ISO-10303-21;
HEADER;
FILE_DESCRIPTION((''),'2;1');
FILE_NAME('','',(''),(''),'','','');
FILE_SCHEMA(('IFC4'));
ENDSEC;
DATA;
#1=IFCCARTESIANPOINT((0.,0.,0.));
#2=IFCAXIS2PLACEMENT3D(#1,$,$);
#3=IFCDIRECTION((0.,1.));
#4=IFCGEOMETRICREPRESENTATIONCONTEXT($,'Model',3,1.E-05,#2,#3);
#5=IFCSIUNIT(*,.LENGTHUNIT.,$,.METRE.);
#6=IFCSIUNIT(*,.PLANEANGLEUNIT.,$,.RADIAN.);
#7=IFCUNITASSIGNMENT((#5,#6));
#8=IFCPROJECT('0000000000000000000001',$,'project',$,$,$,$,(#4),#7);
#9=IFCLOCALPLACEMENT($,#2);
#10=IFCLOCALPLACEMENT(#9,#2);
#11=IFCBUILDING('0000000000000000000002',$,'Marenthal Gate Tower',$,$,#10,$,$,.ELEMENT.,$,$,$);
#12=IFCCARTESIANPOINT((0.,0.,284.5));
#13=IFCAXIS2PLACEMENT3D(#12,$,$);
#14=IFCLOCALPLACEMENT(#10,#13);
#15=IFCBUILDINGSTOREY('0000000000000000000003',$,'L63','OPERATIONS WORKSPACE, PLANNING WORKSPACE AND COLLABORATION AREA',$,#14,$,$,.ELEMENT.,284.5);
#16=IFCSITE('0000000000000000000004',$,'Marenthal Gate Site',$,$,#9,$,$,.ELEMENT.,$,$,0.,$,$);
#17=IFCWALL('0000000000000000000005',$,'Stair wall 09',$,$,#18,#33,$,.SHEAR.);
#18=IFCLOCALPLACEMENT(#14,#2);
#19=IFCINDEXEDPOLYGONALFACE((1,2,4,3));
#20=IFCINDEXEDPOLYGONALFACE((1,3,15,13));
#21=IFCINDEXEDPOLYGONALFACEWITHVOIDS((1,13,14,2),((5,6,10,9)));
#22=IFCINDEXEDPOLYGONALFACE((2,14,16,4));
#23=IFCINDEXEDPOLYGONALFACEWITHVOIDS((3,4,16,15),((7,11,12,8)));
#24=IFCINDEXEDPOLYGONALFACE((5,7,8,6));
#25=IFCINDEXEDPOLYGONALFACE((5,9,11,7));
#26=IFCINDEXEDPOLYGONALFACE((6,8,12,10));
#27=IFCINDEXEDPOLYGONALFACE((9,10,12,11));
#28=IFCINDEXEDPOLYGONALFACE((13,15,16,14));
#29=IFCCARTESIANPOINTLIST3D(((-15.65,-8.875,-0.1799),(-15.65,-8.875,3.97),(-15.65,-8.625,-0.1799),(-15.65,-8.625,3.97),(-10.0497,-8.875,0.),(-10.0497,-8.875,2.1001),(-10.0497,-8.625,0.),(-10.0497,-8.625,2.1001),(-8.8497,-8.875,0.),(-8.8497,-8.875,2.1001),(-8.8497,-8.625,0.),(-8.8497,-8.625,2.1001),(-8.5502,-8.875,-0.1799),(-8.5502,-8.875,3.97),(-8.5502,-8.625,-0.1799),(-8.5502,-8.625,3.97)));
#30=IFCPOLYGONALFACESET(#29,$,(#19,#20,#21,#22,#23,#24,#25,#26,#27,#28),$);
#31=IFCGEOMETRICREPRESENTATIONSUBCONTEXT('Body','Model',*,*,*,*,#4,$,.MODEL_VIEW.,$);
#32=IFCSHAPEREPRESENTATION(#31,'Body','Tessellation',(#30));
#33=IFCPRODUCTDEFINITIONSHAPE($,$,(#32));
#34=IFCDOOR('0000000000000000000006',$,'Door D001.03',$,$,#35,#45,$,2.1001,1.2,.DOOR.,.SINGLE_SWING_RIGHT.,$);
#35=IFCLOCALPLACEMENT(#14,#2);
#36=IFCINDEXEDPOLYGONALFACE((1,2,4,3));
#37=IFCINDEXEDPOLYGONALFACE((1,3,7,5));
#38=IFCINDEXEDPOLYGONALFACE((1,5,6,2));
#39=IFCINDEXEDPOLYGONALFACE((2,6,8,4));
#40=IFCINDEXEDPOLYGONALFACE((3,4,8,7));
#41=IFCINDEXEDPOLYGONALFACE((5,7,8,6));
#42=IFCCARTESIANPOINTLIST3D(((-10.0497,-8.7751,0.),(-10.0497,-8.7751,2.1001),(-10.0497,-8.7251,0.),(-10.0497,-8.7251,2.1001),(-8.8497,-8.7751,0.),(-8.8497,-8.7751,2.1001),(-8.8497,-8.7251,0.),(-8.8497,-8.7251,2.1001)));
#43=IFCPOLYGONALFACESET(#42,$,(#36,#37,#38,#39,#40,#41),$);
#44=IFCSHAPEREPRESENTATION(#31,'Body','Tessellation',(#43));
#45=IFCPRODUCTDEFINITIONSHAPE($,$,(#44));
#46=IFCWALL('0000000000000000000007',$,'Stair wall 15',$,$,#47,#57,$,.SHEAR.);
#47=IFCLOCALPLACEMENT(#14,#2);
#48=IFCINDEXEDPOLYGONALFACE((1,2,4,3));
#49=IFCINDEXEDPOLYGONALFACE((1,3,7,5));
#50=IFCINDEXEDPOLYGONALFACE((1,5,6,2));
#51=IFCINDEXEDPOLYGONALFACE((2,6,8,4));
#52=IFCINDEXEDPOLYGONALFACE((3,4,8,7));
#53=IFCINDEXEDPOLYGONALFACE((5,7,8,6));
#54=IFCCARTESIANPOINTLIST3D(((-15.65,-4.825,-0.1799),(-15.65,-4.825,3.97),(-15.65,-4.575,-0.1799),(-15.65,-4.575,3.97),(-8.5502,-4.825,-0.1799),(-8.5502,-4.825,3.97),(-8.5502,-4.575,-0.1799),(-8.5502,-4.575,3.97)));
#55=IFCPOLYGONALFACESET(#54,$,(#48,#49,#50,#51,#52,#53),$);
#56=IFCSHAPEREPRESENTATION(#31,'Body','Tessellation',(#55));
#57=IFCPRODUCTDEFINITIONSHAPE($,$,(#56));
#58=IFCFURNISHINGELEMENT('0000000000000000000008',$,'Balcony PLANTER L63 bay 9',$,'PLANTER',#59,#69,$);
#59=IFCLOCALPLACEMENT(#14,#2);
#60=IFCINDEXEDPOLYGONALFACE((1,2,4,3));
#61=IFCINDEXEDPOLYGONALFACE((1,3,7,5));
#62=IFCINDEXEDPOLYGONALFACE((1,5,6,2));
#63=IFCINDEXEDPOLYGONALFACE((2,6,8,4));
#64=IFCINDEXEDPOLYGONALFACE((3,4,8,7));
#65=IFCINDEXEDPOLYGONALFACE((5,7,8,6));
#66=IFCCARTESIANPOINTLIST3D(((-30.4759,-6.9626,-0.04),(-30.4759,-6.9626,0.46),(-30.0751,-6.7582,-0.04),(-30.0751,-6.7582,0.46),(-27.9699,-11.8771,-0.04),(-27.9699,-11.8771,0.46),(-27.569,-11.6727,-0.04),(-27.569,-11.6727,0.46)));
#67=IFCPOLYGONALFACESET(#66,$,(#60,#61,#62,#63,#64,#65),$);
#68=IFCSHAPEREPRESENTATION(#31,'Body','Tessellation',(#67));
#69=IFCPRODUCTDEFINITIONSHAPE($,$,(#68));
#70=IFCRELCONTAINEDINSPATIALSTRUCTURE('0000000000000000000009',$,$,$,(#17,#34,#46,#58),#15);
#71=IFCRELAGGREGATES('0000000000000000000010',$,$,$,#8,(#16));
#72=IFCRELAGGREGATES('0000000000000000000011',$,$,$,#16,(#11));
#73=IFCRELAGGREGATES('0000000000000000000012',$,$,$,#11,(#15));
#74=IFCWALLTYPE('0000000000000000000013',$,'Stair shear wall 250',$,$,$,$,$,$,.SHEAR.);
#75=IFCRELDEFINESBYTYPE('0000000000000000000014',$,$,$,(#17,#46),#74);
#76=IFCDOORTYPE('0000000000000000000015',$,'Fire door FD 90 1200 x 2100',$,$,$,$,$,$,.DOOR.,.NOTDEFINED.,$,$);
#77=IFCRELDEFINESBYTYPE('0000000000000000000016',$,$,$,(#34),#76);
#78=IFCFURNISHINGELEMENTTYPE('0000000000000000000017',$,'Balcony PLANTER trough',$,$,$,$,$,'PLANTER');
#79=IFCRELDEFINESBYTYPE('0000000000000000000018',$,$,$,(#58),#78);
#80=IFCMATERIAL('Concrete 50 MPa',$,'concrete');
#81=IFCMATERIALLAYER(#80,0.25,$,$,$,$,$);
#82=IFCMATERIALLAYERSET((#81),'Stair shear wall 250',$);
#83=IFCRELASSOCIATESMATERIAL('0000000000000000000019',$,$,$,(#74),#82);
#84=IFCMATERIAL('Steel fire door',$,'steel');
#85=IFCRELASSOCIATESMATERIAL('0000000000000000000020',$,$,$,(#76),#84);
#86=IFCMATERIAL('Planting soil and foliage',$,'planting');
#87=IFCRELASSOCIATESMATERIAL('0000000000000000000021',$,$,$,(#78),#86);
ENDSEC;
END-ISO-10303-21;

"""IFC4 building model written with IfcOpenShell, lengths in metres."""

from ifc_helpers import new_model, si_unit, direction, frame, frame_2d, origin, origin_2d, place, context, subcontext, project, spatial, rectangle, extrude, material, layer, layer_set, type_object, element, fill, save


model = new_model("IFC4")

# Units and contexts
model_context = context("Model", 3, precision=1e-05, world=origin(), true_north=direction((0.0, 1.0)))
body_context = subcontext(model_context, "Body", "Model", "MODEL_VIEW")
ifc_project = project(units=[si_unit("LENGTHUNIT", "METRE"), si_unit("PLANEANGLEUNIT", "RADIAN")], contexts=[model_context])

# Site, building, storey
site_placement = place(None, origin())
site = spatial("IfcSite", under=ifc_project, at=site_placement, Name="Marenthal Gate Site", CompositionType="ELEMENT", RefElevation=0.0)
building_placement = place(site_placement, origin())
building = spatial("IfcBuilding", under=site, at=building_placement, Name="Marenthal Gate Tower", CompositionType="ELEMENT")
storey_placement = place(building_placement, frame((0.0, 0.0, 284.5)))
storey = spatial("IfcBuildingStorey", under=building, at=storey_placement, Name="L63", Description="OPERATIONS WORKSPACE, PLANNING WORKSPACE AND COLLABORATION AREA", CompositionType="ELEMENT", Elevation=284.5)

# Wall, opening, door
ifc_material_1 = material(Name="Concrete 50 MPa", Category="concrete")
ifc_layer_1 = layer(ifc_material_1, 0.25)
ifc_layer_set_1 = layer_set([ifc_layer_1], Name="Stair shear wall 250")
wall_type_1 = type_object("IfcWallType", Name="Stair shear wall 250", PredefinedType="SHEAR", material=ifc_layer_set_1)
wall_1_placement = place(storey_placement, frame((-15.6499, -8.75, -0.1799), z_axis=(0.0, 0.0, 1.0), x_axis=(1.0, 0.0, 0.0)))
wall_1 = element("IfcWall", 1, at=wall_1_placement, inside=storey, type_object=wall_type_1, Name="Stair wall 09", PredefinedType="SHEAR", context=body_context, shape_type="SweptSolid", body=[
    extrude(rectangle(XDim=7.0999, YDim=0.25, at=frame_2d((3.5498, 0.0))), origin(), (0.0, 0.0, 1.0), 4.1499),
])
opening_1_placement = place(wall_1_placement, frame((5.6001, 0.0, 0.1799)))
opening_1 = element("IfcOpeningElement", 2, at=opening_1_placement, cuts=wall_1, PredefinedType="OPENING", context=body_context, shape_type="SweptSolid", body=[
    extrude(rectangle(XDim=1.2, YDim=2.1001, at=frame_2d((0.6001, 1.05))), frame((0.0, 0.135, 0.0), z_axis=(0.0, -1.0, 0.0), x_axis=(1.0, 0.0, 0.0)), (0.0, 0.0, 1.0), 0.27),
])
ifc_material_2 = material(Name="Steel fire door", Category="steel")
door_type_1 = type_object("IfcDoorType", Name="Fire door FD 90 1200 x 2100", OperationType="NOTDEFINED", PredefinedType="DOOR", material=ifc_material_2)
door_1_placement = place(opening_1_placement, origin())
door_1 = element("IfcDoor", 3, at=door_1_placement, inside=storey, type_object=door_type_1, Name="Door D001.03", OperationType="SINGLE_SWING_RIGHT", OverallHeight=2.1001, OverallWidth=1.2, PredefinedType="DOOR", context=body_context, shape_type="SweptSolid", body=[
    extrude(rectangle(XDim=1.2, YDim=2.1001, at=frame_2d((0.6001, 1.05))), frame((0.0, 0.0249, 0.0), z_axis=(0.0, -1.0, 0.0), x_axis=(1.0, 0.0, 0.0)), (0.0, 0.0, 1.0), 0.05),
])
fill(opening_1, door_1)

# Wall
wall_2_placement = place(storey_placement, frame((-15.6499, -4.7, -0.1799), z_axis=(0.0, 0.0, 1.0), x_axis=(1.0, 0.0, 0.0)))
element("IfcWall", 4, at=wall_2_placement, inside=storey, type_object=wall_type_1, Name="Stair wall 15", PredefinedType="SHEAR", context=body_context, shape_type="SweptSolid", body=[
    extrude(rectangle(XDim=7.0999, YDim=0.25, at=frame_2d((3.5498, 0.0))), origin(), (0.0, 0.0, 1.0), 4.1499),
])

# Furnishing element
ifc_material_3 = material(Name="Planting soil and foliage", Category="planting")
furnishing_element_type = type_object("IfcFurnishingElementType", Name="Balcony PLANTER trough", ElementType="PLANTER", material=ifc_material_3)
furnishing_placement = place(storey_placement, frame((-29.0225, -9.3176, -0.04), z_axis=(0.0, 0.0, 1.0), x_axis=(0.454273, -0.890862, 0.0)))
element("IfcFurnishingElement", 5, at=furnishing_placement, inside=storey, type_object=furnishing_element_type, Name="Balcony PLANTER L63 bay 9", ObjectType="PLANTER", context=body_context, shape_type="SweptSolid", body=[
    extrude(rectangle(XDim=5.5166, YDim=0.45, at=origin_2d()), origin(), (0.0, 0.0, 1.0), 0.5),
])

save(model, "model.ifc")
